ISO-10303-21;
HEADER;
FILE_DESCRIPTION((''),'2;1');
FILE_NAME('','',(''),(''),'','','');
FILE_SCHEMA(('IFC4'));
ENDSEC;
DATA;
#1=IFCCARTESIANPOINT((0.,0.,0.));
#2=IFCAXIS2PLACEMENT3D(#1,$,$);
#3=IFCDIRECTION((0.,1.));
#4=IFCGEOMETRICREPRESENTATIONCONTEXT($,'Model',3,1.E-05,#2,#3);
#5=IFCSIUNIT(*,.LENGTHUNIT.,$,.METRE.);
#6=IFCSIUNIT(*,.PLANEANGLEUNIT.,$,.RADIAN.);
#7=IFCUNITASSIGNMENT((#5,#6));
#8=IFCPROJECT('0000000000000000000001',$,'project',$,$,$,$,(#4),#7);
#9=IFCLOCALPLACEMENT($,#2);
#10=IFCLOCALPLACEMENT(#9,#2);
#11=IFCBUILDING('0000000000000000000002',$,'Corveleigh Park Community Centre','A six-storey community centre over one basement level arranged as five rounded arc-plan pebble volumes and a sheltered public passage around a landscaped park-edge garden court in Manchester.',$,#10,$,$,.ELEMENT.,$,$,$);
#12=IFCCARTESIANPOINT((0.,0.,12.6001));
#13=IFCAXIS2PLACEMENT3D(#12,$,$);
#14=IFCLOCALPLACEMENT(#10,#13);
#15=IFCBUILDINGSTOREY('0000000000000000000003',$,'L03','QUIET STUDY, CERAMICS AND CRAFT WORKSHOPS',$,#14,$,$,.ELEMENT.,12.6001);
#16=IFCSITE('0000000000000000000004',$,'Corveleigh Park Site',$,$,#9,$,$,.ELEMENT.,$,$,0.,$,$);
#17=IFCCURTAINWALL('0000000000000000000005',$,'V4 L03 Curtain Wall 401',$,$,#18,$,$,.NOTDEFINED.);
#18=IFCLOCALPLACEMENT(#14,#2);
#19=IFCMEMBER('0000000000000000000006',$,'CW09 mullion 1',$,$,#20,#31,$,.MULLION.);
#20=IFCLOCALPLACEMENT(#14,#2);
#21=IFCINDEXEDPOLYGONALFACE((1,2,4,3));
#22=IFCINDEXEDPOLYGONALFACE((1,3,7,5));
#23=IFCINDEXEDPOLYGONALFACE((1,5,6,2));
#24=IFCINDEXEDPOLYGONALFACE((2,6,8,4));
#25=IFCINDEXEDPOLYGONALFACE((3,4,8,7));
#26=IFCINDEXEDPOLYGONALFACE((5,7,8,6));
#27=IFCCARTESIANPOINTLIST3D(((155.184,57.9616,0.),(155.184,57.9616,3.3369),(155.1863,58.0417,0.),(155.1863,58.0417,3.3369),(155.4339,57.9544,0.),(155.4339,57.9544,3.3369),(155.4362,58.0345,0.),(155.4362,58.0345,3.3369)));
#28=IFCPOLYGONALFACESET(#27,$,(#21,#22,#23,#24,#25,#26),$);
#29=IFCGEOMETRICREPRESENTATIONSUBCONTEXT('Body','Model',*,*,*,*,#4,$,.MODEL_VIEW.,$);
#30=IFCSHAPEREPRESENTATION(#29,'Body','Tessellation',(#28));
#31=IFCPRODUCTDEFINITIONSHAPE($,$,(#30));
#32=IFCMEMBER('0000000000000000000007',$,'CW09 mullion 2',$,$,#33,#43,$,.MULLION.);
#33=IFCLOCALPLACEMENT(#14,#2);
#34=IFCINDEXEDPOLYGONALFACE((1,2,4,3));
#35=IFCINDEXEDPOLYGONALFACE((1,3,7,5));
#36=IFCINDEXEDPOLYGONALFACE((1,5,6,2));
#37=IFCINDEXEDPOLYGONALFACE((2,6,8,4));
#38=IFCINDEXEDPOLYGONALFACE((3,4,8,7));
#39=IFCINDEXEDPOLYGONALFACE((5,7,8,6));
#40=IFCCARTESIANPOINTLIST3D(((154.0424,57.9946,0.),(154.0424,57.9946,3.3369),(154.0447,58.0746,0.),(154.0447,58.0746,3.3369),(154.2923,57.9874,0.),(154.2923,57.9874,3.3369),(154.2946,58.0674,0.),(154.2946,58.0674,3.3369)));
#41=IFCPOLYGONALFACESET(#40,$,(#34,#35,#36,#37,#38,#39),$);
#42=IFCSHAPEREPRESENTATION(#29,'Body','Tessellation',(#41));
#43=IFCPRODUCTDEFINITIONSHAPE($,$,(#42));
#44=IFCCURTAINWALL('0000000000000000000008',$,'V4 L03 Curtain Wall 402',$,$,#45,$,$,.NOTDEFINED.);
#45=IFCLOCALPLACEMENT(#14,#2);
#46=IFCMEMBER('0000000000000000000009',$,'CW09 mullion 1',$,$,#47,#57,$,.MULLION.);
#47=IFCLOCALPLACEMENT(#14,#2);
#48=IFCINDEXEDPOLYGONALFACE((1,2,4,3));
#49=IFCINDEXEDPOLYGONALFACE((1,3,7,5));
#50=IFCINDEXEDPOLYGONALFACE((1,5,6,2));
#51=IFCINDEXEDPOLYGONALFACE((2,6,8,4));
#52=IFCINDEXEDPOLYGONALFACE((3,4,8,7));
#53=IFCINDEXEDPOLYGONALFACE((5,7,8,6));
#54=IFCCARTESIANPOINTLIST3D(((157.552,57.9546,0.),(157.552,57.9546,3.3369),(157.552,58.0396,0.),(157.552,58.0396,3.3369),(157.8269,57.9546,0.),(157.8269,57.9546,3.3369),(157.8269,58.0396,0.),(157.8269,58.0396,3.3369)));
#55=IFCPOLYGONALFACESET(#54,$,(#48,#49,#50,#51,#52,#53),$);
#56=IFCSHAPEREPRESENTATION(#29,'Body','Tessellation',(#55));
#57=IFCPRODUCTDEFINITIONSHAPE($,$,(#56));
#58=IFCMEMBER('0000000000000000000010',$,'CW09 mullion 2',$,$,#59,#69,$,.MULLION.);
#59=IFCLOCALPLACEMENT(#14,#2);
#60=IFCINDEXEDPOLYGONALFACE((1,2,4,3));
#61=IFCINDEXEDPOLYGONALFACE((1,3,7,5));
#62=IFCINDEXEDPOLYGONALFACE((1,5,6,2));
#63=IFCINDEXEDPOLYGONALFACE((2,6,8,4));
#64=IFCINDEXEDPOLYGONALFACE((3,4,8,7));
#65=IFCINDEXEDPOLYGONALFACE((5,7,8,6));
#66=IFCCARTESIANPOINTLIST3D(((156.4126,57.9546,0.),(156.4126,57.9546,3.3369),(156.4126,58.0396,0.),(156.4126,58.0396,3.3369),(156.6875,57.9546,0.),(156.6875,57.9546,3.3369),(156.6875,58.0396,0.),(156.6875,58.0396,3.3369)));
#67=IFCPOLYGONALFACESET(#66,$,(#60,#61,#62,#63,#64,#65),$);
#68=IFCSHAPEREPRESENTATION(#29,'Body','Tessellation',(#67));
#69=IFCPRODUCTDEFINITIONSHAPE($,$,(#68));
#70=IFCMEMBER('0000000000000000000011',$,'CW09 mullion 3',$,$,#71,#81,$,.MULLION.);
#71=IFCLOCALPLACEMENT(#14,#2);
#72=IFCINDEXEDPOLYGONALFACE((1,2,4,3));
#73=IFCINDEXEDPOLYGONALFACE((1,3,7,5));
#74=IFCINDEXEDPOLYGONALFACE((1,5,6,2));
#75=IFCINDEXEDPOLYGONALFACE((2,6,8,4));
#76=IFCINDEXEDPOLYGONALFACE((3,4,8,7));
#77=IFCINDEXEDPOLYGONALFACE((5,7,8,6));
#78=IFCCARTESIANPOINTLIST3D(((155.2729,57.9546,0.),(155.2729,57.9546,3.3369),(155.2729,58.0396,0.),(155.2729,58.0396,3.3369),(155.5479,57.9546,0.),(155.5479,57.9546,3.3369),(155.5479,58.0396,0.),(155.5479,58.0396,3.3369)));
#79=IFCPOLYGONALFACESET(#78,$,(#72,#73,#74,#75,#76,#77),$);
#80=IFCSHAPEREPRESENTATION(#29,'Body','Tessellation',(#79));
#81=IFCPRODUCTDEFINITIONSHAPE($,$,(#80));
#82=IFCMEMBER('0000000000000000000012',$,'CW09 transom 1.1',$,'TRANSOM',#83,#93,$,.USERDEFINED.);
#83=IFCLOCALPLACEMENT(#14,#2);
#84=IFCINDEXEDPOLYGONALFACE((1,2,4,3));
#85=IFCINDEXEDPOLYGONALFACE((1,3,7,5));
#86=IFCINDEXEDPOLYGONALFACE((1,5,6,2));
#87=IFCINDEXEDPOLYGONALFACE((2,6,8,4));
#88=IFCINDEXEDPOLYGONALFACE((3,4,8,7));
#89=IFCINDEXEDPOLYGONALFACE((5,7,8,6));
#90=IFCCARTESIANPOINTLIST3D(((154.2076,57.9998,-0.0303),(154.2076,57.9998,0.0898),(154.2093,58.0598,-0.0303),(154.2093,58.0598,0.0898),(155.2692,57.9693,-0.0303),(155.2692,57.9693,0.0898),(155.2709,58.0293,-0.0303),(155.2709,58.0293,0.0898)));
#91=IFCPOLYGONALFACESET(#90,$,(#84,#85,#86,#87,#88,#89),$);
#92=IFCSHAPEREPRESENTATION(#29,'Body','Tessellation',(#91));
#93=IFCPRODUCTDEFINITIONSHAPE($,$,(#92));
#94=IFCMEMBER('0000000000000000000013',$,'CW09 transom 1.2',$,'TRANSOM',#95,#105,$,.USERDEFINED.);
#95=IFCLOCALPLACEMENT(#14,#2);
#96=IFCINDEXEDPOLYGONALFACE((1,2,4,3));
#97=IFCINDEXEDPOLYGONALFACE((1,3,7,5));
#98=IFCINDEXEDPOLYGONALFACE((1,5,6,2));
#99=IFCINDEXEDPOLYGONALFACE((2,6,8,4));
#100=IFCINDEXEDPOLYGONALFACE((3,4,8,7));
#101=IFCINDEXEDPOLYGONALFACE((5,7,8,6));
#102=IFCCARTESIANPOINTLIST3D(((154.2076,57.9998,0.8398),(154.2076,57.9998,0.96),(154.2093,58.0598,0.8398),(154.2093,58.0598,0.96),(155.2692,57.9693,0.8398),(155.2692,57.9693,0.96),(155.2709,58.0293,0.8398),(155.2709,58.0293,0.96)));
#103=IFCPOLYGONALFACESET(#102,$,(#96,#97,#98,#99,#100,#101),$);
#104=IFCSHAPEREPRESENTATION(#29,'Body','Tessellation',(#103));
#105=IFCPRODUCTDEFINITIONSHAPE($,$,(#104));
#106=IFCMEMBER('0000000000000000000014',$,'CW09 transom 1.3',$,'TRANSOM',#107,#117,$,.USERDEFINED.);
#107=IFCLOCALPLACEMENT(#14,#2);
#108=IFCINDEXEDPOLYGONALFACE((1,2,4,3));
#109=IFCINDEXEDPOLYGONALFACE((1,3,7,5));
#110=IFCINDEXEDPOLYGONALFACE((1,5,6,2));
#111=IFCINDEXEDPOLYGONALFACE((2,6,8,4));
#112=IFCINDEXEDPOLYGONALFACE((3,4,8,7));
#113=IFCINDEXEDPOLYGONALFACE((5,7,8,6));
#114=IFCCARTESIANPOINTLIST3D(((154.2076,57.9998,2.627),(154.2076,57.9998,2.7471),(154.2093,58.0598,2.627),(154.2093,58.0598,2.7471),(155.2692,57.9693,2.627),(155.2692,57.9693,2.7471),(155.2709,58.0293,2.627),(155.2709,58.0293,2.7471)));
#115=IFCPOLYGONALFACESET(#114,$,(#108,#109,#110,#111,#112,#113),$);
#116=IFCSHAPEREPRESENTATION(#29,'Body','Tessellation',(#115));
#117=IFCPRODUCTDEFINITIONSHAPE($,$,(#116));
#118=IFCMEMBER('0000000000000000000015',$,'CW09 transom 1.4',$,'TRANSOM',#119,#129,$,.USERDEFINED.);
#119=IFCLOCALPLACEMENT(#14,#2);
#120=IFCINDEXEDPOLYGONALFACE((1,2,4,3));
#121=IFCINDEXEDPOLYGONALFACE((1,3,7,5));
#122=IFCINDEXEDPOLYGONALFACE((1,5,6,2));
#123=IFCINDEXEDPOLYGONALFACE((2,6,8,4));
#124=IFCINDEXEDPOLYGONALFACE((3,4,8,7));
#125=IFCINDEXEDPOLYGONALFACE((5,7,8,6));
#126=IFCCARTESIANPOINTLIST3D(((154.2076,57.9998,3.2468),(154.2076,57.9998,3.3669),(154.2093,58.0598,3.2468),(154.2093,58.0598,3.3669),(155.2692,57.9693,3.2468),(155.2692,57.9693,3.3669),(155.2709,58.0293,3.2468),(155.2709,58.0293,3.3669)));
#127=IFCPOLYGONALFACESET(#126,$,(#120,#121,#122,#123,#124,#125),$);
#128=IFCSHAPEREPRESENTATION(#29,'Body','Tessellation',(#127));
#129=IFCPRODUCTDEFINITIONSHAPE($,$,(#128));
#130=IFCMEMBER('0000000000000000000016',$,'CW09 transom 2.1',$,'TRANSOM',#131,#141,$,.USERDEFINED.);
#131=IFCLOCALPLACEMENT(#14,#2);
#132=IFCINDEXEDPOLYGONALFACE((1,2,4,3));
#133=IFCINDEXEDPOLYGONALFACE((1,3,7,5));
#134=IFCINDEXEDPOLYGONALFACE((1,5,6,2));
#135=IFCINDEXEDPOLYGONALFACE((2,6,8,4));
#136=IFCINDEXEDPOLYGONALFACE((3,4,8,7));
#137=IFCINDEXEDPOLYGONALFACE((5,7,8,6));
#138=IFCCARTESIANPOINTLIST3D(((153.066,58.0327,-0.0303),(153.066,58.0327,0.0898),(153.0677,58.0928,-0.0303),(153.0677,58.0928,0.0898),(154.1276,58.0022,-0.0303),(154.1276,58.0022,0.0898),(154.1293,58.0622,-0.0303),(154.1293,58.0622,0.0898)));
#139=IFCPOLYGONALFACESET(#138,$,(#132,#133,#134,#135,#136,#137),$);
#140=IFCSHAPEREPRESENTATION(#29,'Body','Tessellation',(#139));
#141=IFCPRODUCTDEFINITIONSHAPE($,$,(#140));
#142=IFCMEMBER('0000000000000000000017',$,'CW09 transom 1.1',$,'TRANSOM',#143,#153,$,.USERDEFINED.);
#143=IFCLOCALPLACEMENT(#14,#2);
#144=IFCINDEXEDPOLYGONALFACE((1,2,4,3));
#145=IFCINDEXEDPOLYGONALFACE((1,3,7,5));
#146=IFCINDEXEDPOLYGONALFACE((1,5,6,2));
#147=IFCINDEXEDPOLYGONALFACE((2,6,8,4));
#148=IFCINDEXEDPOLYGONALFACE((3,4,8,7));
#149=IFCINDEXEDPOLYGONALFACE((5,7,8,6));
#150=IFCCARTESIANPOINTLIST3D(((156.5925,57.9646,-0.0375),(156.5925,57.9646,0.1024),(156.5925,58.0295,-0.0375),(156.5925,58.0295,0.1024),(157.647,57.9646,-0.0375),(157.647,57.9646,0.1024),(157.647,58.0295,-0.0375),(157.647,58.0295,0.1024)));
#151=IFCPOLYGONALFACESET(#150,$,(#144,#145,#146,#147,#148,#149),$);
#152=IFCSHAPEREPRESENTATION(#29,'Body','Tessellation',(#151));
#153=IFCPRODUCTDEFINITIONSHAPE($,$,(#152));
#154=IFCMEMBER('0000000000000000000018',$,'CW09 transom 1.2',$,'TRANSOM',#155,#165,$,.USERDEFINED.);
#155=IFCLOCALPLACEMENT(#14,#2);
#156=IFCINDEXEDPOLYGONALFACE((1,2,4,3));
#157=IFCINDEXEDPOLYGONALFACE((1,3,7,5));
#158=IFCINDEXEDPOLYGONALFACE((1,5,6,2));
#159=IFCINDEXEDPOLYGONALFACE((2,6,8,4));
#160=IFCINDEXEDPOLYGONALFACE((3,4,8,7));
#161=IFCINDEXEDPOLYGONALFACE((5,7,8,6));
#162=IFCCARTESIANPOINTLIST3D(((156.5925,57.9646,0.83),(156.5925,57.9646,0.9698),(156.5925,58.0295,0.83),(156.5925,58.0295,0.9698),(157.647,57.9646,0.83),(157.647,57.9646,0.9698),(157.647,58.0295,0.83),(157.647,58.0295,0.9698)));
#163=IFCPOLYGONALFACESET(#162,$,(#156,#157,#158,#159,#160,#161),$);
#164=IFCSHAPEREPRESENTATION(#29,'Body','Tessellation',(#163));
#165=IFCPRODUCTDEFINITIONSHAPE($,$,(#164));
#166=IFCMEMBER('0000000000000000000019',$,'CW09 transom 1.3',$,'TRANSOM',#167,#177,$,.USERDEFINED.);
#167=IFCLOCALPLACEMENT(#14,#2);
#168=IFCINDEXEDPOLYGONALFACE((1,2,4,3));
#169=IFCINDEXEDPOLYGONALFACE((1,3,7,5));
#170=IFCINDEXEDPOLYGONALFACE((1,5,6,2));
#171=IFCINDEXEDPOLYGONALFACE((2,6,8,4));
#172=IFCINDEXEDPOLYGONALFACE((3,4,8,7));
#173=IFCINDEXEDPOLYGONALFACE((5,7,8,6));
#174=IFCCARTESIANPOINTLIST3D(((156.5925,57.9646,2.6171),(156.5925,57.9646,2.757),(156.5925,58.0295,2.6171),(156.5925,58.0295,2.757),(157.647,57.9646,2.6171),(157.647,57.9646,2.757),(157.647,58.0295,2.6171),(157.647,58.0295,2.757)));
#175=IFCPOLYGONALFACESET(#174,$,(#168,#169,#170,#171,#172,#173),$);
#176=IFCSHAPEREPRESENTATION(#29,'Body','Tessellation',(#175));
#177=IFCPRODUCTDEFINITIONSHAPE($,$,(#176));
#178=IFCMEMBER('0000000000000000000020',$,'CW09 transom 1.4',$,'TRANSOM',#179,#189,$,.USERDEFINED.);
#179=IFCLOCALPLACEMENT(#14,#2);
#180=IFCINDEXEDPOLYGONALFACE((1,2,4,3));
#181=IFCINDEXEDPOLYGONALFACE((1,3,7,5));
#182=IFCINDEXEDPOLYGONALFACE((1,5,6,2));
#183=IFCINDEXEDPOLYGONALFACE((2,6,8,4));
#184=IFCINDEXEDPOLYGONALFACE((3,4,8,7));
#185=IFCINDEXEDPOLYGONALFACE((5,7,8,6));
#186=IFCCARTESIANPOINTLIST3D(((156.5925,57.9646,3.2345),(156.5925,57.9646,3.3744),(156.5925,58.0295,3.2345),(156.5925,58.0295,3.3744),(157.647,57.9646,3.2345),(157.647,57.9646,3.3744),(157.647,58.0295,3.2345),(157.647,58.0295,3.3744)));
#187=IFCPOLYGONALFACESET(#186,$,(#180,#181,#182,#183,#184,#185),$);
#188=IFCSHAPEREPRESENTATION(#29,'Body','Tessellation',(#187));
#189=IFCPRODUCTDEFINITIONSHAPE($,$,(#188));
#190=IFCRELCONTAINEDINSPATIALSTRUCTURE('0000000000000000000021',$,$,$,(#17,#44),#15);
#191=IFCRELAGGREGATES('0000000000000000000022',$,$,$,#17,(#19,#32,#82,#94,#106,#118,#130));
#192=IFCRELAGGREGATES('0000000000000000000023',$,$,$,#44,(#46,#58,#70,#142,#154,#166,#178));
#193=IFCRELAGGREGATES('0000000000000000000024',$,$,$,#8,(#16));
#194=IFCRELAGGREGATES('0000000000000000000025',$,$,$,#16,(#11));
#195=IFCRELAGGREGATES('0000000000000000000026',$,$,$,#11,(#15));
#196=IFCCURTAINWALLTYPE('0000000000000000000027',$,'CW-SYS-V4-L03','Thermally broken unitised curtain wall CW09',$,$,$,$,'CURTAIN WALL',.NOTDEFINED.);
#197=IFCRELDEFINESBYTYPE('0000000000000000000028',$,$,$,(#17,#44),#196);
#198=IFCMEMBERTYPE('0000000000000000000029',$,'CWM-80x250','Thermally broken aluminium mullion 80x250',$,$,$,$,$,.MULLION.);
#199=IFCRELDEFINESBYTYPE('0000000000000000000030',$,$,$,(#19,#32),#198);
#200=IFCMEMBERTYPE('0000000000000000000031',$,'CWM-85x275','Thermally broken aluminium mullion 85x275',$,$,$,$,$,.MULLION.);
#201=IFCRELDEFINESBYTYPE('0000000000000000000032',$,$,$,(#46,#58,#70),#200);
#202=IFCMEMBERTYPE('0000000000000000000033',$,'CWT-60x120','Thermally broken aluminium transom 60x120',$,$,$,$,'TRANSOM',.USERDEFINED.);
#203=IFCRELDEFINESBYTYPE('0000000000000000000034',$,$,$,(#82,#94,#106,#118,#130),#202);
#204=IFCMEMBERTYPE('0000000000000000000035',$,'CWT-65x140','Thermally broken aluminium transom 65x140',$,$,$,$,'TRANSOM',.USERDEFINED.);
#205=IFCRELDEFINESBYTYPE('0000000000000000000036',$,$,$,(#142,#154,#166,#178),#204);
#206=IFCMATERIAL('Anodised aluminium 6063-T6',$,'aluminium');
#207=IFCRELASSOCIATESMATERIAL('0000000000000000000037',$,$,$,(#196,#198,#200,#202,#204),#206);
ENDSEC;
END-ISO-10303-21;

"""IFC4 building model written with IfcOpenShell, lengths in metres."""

from ifc_helpers import new_model, si_unit, direction, frame, origin, origin_2d, place, context, subcontext, project, spatial, rectangle, extrude, material, material_profile, profile_set, type_object, element, aggregate, save


model = new_model("IFC4")

# Units and contexts
model_context = context("Model", 3, precision=1e-05, world=origin(), true_north=direction((0.0, 1.0)))
body_context = subcontext(model_context, "Body", "Model", "MODEL_VIEW")
ifc_project = project(units=[si_unit("LENGTHUNIT", "METRE"), si_unit("PLANEANGLEUNIT", "RADIAN")], contexts=[model_context])

# Site, building, storey
site_placement = place(None, origin())
site = spatial("IfcSite", under=ifc_project, at=site_placement, Name="Corveleigh Park Site", CompositionType="ELEMENT", RefElevation=0.0)
building_placement = place(site_placement, origin())
building = spatial("IfcBuilding", under=site, at=building_placement, Name="Corveleigh Park Community Centre", Description="A six-storey community centre over one basement level arranged as five rounded arc-plan pebble volumes and a sheltered public passage around a landscaped park-edge garden court in Manchester.", CompositionType="ELEMENT")
storey_placement = place(building_placement, frame((0.0, 0.0, 12.6001)))
storey = spatial("IfcBuildingStorey", under=building, at=storey_placement, Name="L03", Description="QUIET STUDY, CERAMICS AND CRAFT WORKSHOPS", CompositionType="ELEMENT", Elevation=12.6001)

# Curtain walls, members
ifc_material_1 = material(Name="Anodised aluminium 6063-T6", Category="aluminium")
curtain_wall_type = type_object("IfcCurtainWallType", Name="CW-SYS-V4-L03", Description="Thermally broken unitised curtain wall CW09", ElementType="CURTAIN WALL", PredefinedType="NOTDEFINED", material=ifc_material_1)
curtain_wall_1_placement = place(storey_placement, origin())
curtain_wall_1 = element("IfcCurtainWall", 1, at=curtain_wall_1_placement, inside=storey, type_object=curtain_wall_type, Name="V4 L03 Curtain Wall 401", PredefinedType="NOTDEFINED")
ifc_material_profile_1 = material_profile(ifc_material_1, rectangle(XDim=0.0801, YDim=0.25, at=origin_2d()), Name="ALU-M80x250", Category="aluminium")
ifc_profile_set_1 = profile_set([ifc_material_profile_1], Name="Anodised aluminium 6063-T6")
member_type_1 = type_object("IfcMemberType", Name="CWM-80x250", Description="Thermally broken aluminium mullion 80x250", PredefinedType="MULLION", material=ifc_profile_set_1)
member_1_placement = place(storey_placement, frame((155.3101, 57.998, 0.0), z_axis=(0.0, 0.0, 1.0), x_axis=(-0.028765, -0.999586, 0.0)))
member_1 = element("IfcMember", 2, at=member_1_placement, type_object=member_type_1, Name="CW09 mullion 1", PredefinedType="MULLION", context=body_context, shape_type="SweptSolid", body=[
    extrude(rectangle(XDim=0.0801, YDim=0.25, at=origin_2d()), origin(), (0.0, 0.0, 1.0), 3.3369),
])
member_2_placement = place(storey_placement, frame((154.1685, 58.031, 0.0), z_axis=(0.0, 0.0, 1.0), x_axis=(-0.028765, -0.999586, 0.0)))
member_2 = element("IfcMember", 3, at=member_2_placement, type_object=member_type_1, Name="CW09 mullion 2", PredefinedType="MULLION", context=body_context, shape_type="SweptSolid", body=[
    extrude(rectangle(XDim=0.0801, YDim=0.25, at=origin_2d()), origin(), (0.0, 0.0, 1.0), 3.3369),
])
curtain_wall_2_placement = place(storey_placement, origin())
curtain_wall_2 = element("IfcCurtainWall", 4, at=curtain_wall_2_placement, inside=storey, type_object=curtain_wall_type, Name="V4 L03 Curtain Wall 402", PredefinedType="NOTDEFINED")
ifc_material_profile_2 = material_profile(ifc_material_1, rectangle(XDim=0.085, YDim=0.2749, at=origin_2d()), Name="ALU-M85x275", Category="aluminium")
ifc_profile_set_2 = profile_set([ifc_material_profile_2], Name="Anodised aluminium 6063-T6")
member_type_2 = type_object("IfcMemberType", Name="CWM-85x275", Description="Thermally broken aluminium mullion 85x275", PredefinedType="MULLION", material=ifc_profile_set_2)
member_3_placement = place(storey_placement, frame((157.6895, 57.9971, 0.0), z_axis=(0.0, 0.0, 1.0), x_axis=(0.0, -1.0, 0.0)))
member_3 = element("IfcMember", 5, at=member_3_placement, type_object=member_type_2, Name="CW09 mullion 1", PredefinedType="MULLION", context=body_context, shape_type="SweptSolid", body=[
    extrude(rectangle(XDim=0.085, YDim=0.2749, at=origin_2d()), origin(), (0.0, 0.0, 1.0), 3.3369),
])
member_4_placement = place(storey_placement, frame((156.55, 57.9971, 0.0), z_axis=(0.0, 0.0, 1.0), x_axis=(0.0, -1.0, 0.0)))
member_4 = element("IfcMember", 6, at=member_4_placement, type_object=member_type_2, Name="CW09 mullion 2", PredefinedType="MULLION", context=body_context, shape_type="SweptSolid", body=[
    extrude(rectangle(XDim=0.085, YDim=0.2749, at=origin_2d()), origin(), (0.0, 0.0, 1.0), 3.3369),
])
member_5_placement = place(storey_placement, frame((155.4104, 57.9971, 0.0), z_axis=(0.0, 0.0, 1.0), x_axis=(0.0, -1.0, 0.0)))
member_5 = element("IfcMember", 7, at=member_5_placement, type_object=member_type_2, Name="CW09 mullion 3", PredefinedType="MULLION", context=body_context, shape_type="SweptSolid", body=[
    extrude(rectangle(XDim=0.085, YDim=0.2749, at=origin_2d()), origin(), (0.0, 0.0, 1.0), 3.3369),
])

# Members
ifc_material_profile_3 = material_profile(ifc_material_1, rectangle(XDim=0.0601, YDim=0.1201, at=origin_2d()), Name="ALU-T60x120", Category="aluminium")
ifc_profile_set_3 = profile_set([ifc_material_profile_3], Name="Anodised aluminium 6063-T6")
member_type_3 = type_object("IfcMemberType", Name="CWT-60x120", Description="Thermally broken aluminium transom 60x120", ElementType="TRANSOM", PredefinedType="USERDEFINED", material=ifc_profile_set_3)
member_6_placement = place(storey_placement, frame((155.27, 57.9993, 0.0298), z_axis=(-0.999587, 0.028737, 0.0), x_axis=(-0.028737, -0.999587, 0.0)))
member_6 = element("IfcMember", 8, at=member_6_placement, type_object=member_type_3, Name="CW09 transom 1.1", ObjectType="TRANSOM", PredefinedType="USERDEFINED", context=body_context, shape_type="SweptSolid", body=[
    extrude(rectangle(XDim=0.0601, YDim=0.1201, at=origin_2d()), origin(), (0.0, 0.0, 1.0), 1.062),
])
member_7_placement = place(storey_placement, frame((155.27, 57.9993, 0.8999), z_axis=(-0.999587, 0.028737, 0.0), x_axis=(-0.028737, -0.999587, 0.0)))
member_7 = element("IfcMember", 9, at=member_7_placement, type_object=member_type_3, Name="CW09 transom 1.2", ObjectType="TRANSOM", PredefinedType="USERDEFINED", context=body_context, shape_type="SweptSolid", body=[
    extrude(rectangle(XDim=0.0601, YDim=0.1201, at=origin_2d()), origin(), (0.0, 0.0, 1.0), 1.062),
])
member_8_placement = place(storey_placement, frame((155.27, 57.9993, 2.687), z_axis=(-0.999587, 0.028737, 0.0), x_axis=(-0.028737, -0.999587, 0.0)))
member_8 = element("IfcMember", 10, at=member_8_placement, type_object=member_type_3, Name="CW09 transom 1.3", ObjectType="TRANSOM", PredefinedType="USERDEFINED", context=body_context, shape_type="SweptSolid", body=[
    extrude(rectangle(XDim=0.0601, YDim=0.1201, at=origin_2d()), origin(), (0.0, 0.0, 1.0), 1.062),
])
member_9_placement = place(storey_placement, frame((155.27, 57.9993, 3.3069), z_axis=(-0.999587, 0.028737, 0.0), x_axis=(-0.028737, -0.999587, 0.0)))
member_9 = element("IfcMember", 11, at=member_9_placement, type_object=member_type_3, Name="CW09 transom 1.4", ObjectType="TRANSOM", PredefinedType="USERDEFINED", context=body_context, shape_type="SweptSolid", body=[
    extrude(rectangle(XDim=0.0601, YDim=0.1201, at=origin_2d()), origin(), (0.0, 0.0, 1.0), 1.062),
])
member_10_placement = place(storey_placement, frame((154.1284, 58.0322, 0.0298), z_axis=(-0.999587, 0.028737, 0.0), x_axis=(-0.028737, -0.999587, 0.0)))
member_10 = element("IfcMember", 12, at=member_10_placement, type_object=member_type_3, Name="CW09 transom 2.1", ObjectType="TRANSOM", PredefinedType="USERDEFINED", context=body_context, shape_type="SweptSolid", body=[
    extrude(rectangle(XDim=0.0601, YDim=0.1201, at=origin_2d()), origin(), (0.0, 0.0, 1.0), 1.062),
])
ifc_material_profile_4 = material_profile(ifc_material_1, rectangle(XDim=0.0649, YDim=0.1399, at=origin_2d()), Name="ALU-T65x140", Category="aluminium")
ifc_profile_set_4 = profile_set([ifc_material_profile_4], Name="Anodised aluminium 6063-T6")
member_type_4 = type_object("IfcMemberType", Name="CWT-65x140", Description="Thermally broken aluminium transom 65x140", ElementType="TRANSOM", PredefinedType="USERDEFINED", material=ifc_profile_set_4)
member_11_placement = place(storey_placement, frame((157.647, 57.9971, 0.0325), z_axis=(-1.0, 0.0, 0.0), x_axis=(0.0, -1.0, 0.0)))
member_11 = element("IfcMember", 13, at=member_11_placement, type_object=member_type_4, Name="CW09 transom 1.1", ObjectType="TRANSOM", PredefinedType="USERDEFINED", context=body_context, shape_type="SweptSolid", body=[
    extrude(rectangle(XDim=0.0649, YDim=0.1399, at=origin_2d()), origin(), (0.0, 0.0, 1.0), 1.0544),
])
member_12_placement = place(storey_placement, frame((157.647, 57.9971, 0.8999), z_axis=(-1.0, 0.0, 0.0), x_axis=(0.0, -1.0, 0.0)))
member_12 = element("IfcMember", 14, at=member_12_placement, type_object=member_type_4, Name="CW09 transom 1.2", ObjectType="TRANSOM", PredefinedType="USERDEFINED", context=body_context, shape_type="SweptSolid", body=[
    extrude(rectangle(XDim=0.0649, YDim=0.1399, at=origin_2d()), origin(), (0.0, 0.0, 1.0), 1.0544),
])
member_13_placement = place(storey_placement, frame((157.647, 57.9971, 2.687), z_axis=(-1.0, 0.0, 0.0), x_axis=(0.0, -1.0, 0.0)))
member_13 = element("IfcMember", 15, at=member_13_placement, type_object=member_type_4, Name="CW09 transom 1.3", ObjectType="TRANSOM", PredefinedType="USERDEFINED", context=body_context, shape_type="SweptSolid", body=[
    extrude(rectangle(XDim=0.0649, YDim=0.1399, at=origin_2d()), origin(), (0.0, 0.0, 1.0), 1.0544),
])
member_14_placement = place(storey_placement, frame((157.647, 57.9971, 3.3044), z_axis=(-1.0, 0.0, 0.0), x_axis=(0.0, -1.0, 0.0)))
member_14 = element("IfcMember", 16, at=member_14_placement, type_object=member_type_4, Name="CW09 transom 1.4", ObjectType="TRANSOM", PredefinedType="USERDEFINED", context=body_context, shape_type="SweptSolid", body=[
    extrude(rectangle(XDim=0.0649, YDim=0.1399, at=origin_2d()), origin(), (0.0, 0.0, 1.0), 1.0544),
])

aggregate(curtain_wall_1, [member_1, member_2, member_6, member_7, member_8, member_9, member_10])
aggregate(curtain_wall_2, [member_3, member_4, member_5, member_11, member_12, member_13, member_14])

save(model, "model.ifc")
